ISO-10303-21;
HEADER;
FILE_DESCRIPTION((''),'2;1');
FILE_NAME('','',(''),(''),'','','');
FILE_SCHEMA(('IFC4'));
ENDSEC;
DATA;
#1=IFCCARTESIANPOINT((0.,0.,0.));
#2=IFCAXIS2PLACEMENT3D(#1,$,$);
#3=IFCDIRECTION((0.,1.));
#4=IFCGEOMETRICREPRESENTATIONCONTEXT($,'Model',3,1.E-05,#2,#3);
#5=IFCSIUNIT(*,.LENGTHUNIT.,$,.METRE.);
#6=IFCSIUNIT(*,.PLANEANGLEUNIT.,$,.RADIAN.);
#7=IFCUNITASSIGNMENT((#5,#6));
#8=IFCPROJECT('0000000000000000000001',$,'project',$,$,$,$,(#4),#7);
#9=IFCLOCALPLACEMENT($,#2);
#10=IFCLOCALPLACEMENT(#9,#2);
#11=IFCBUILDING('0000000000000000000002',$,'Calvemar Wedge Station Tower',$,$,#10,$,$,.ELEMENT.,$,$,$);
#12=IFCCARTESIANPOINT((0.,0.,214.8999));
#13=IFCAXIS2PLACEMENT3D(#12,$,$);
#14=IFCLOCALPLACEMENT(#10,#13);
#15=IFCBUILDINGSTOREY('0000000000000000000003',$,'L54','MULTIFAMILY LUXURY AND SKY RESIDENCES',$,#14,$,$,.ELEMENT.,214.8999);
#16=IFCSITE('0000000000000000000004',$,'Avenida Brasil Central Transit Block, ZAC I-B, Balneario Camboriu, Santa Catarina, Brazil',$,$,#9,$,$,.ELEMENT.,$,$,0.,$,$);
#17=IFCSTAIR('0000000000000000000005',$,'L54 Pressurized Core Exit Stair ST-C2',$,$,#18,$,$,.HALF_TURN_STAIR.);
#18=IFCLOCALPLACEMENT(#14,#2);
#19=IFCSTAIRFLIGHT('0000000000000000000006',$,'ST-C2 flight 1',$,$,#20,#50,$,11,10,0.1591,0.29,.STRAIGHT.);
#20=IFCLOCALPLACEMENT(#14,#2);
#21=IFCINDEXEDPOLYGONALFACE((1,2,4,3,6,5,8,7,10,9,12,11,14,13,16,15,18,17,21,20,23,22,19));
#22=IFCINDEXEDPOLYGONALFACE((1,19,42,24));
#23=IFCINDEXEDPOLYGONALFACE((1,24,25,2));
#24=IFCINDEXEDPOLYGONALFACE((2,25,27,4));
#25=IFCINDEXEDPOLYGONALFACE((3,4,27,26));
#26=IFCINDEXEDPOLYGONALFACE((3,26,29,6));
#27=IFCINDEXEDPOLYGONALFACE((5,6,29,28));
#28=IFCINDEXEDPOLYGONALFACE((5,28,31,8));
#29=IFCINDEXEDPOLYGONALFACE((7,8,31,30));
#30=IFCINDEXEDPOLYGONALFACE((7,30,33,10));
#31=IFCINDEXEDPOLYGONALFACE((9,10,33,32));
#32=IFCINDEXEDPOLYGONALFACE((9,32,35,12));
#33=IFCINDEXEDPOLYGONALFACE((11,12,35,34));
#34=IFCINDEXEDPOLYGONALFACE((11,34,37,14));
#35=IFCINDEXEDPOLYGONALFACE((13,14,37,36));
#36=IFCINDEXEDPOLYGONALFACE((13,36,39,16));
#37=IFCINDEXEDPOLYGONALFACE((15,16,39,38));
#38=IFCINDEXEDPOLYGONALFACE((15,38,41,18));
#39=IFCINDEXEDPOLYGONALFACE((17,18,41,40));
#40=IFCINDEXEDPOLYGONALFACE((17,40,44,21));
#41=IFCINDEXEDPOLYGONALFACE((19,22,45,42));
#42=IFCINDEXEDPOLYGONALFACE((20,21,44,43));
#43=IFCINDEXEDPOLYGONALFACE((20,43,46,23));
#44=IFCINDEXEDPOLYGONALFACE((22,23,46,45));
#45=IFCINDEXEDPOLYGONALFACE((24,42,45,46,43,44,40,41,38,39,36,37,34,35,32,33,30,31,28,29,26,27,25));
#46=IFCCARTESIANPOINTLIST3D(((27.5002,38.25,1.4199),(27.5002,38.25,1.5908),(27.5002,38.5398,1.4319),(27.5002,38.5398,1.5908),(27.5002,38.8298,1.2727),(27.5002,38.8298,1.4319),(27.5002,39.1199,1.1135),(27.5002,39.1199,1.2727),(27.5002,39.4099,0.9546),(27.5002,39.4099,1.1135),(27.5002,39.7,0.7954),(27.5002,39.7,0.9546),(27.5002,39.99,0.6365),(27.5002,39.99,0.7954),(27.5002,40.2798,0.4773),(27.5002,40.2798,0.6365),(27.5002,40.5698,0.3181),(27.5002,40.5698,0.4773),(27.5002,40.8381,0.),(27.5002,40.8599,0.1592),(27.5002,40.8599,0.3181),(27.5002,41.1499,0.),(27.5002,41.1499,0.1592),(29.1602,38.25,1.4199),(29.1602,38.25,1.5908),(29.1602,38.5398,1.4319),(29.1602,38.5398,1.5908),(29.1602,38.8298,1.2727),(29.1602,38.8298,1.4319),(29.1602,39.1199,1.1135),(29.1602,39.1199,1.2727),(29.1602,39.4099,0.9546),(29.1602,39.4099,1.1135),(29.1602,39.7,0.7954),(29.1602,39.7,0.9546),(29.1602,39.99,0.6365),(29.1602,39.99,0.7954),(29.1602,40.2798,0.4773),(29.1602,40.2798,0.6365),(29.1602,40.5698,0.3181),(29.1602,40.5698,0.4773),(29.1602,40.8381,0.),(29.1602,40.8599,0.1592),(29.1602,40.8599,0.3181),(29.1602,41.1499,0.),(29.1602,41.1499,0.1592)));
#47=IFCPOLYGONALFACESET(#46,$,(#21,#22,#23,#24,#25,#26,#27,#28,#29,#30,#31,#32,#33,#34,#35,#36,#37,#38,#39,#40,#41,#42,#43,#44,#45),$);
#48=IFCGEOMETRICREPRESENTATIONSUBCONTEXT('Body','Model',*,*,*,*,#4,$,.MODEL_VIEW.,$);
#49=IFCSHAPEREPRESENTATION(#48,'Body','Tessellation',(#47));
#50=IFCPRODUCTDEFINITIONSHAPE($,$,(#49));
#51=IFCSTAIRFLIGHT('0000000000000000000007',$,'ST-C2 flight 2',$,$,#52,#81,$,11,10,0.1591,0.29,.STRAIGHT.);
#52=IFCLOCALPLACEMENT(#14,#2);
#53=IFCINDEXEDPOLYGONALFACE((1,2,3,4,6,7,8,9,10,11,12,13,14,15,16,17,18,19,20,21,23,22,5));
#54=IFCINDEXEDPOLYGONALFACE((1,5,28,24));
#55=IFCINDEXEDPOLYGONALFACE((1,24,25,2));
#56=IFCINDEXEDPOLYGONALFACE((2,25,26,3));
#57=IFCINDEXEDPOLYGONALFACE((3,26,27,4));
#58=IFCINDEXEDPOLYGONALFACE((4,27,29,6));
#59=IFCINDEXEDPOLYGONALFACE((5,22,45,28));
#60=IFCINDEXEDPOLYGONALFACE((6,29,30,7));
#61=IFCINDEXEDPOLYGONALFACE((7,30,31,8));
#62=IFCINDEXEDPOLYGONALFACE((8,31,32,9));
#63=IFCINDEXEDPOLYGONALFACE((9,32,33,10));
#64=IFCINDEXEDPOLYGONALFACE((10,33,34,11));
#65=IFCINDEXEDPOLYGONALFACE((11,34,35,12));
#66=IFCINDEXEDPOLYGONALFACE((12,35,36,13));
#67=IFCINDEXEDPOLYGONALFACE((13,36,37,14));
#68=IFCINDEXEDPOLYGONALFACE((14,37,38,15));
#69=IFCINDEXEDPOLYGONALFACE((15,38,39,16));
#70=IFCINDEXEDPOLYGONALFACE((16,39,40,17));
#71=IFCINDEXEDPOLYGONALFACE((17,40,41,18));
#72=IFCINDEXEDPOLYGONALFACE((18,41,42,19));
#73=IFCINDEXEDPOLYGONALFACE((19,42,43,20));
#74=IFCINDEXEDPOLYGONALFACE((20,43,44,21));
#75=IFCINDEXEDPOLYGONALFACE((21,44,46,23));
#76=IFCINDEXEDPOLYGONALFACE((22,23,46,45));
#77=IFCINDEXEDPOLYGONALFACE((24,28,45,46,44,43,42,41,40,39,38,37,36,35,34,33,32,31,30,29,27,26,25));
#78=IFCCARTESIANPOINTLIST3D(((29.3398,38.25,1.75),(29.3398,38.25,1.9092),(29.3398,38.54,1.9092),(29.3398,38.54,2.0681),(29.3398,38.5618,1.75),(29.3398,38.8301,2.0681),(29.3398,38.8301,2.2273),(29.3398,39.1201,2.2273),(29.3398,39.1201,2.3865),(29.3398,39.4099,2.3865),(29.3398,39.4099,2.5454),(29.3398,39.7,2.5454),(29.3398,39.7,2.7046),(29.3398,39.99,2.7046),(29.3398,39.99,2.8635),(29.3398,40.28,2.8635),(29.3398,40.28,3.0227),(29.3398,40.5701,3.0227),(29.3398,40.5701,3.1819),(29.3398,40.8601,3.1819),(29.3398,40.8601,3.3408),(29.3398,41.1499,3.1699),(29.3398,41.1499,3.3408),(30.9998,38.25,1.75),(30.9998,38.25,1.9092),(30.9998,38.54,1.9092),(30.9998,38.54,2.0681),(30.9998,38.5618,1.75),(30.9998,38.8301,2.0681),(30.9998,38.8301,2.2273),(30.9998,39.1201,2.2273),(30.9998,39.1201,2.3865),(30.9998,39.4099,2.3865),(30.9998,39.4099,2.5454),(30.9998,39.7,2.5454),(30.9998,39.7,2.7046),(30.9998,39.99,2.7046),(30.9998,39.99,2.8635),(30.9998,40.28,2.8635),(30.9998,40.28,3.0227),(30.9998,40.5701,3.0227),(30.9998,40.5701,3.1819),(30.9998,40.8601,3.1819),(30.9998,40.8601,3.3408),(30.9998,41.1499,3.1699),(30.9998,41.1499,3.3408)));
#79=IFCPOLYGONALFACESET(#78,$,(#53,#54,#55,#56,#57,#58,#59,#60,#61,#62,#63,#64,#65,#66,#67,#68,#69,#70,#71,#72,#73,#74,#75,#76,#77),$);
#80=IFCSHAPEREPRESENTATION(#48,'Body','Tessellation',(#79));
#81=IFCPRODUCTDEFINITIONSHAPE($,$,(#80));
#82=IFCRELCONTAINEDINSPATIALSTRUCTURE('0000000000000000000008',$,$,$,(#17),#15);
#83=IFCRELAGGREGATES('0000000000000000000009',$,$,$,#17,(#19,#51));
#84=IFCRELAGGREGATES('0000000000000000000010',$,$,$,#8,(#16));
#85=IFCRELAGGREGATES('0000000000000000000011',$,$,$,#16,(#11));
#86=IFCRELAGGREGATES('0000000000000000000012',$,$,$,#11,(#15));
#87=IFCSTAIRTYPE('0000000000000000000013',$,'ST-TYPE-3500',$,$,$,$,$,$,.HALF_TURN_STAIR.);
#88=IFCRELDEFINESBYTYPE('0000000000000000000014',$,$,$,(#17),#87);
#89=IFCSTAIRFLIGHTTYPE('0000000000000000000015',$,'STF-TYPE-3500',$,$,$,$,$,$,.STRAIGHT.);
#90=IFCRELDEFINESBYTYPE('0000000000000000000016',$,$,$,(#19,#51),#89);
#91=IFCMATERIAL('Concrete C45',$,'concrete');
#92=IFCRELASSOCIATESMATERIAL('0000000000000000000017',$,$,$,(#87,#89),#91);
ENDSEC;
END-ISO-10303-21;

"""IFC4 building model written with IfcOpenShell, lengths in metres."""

from ifc_helpers import new_model, si_unit, direction, frame, origin, place, context, subcontext, project, spatial, polyline, outline, extrude, material, type_object, element, aggregate, save


model = new_model("IFC4")

# Units and contexts
model_context = context("Model", 3, precision=1e-05, world=origin(), true_north=direction((0.0, 1.0)))
body_context = subcontext(model_context, "Body", "Model", "MODEL_VIEW")
ifc_project = project(units=[si_unit("LENGTHUNIT", "METRE"), si_unit("PLANEANGLEUNIT", "RADIAN")], contexts=[model_context])

# Site, building, storey
site_placement = place(None, origin())
site = spatial("IfcSite", under=ifc_project, at=site_placement, Name="Avenida Brasil Central Transit Block, ZAC I-B, Balneario Camboriu, Santa Catarina, Brazil", CompositionType="ELEMENT", RefElevation=0.0)
building_placement = place(site_placement, origin())
building = spatial("IfcBuilding", under=site, at=building_placement, Name="Calvemar Wedge Station Tower", CompositionType="ELEMENT")
storey_placement = place(building_placement, frame((0.0, 0.0, 214.8999)))
storey = spatial("IfcBuildingStorey", under=building, at=storey_placement, Name="L54", Description="MULTIFAMILY LUXURY AND SKY RESIDENCES", CompositionType="ELEMENT", Elevation=214.8999)

# Stair, stair flights
ifc_material_1 = material(Name="Concrete C45", Category="concrete")
stair_type = type_object("IfcStairType", Name="ST-TYPE-3500", PredefinedType="HALF_TURN_STAIR", material=ifc_material_1)
stair_placement = place(storey_placement, origin())
stair = element("IfcStair", 1, at=stair_placement, inside=storey, type_object=stair_type, Name="L54 Pressurized Core Exit Stair ST-C2", PredefinedType="HALF_TURN_STAIR")
stair_flight_type = type_object("IfcStairFlightType", Name="STF-TYPE-3500", PredefinedType="STRAIGHT", material=ifc_material_1)
stair_flight_1_placement = place(storey_placement, frame((28.3301, 41.1499, 0.0), z_axis=(0.0, 0.0, 1.0), x_axis=(0.0, -1.0, 0.0)))
stair_flight_1 = element("IfcStairFlight", 2, at=stair_flight_1_placement, type_object=stair_flight_type, Name="ST-C2 flight 1", NumberOfRisers=11, NumberOfTreads=10, PredefinedType="STRAIGHT", RiserHeight=0.1591, TreadLength=0.29, context=body_context, shape_type="SweptSolid", body=[
    extrude(outline(polyline([(0.0, 0.0), (0.0, 0.1592), (0.29, 0.1592), (0.29, 0.3181), (0.5801, 0.3181), (0.5801, 0.4773), (0.8701, 0.4773), (0.8701, 0.6365), (1.1599, 0.6365), (1.1599, 0.7954), (1.45, 0.7954), (1.45, 0.9546), (1.74, 0.9546), (1.74, 1.1135), (2.03, 1.1135), (2.03, 1.2727), (2.3201, 1.2727), (2.3201, 1.4319), (2.6101, 1.4319), (2.6101, 1.5908), (2.8999, 1.5908), (2.8999, 1.75), (2.8999, 1.4199), (0.3118, 0.0), (0.0, 0.0)])), frame((0.0, 0.8301, 0.0), z_axis=(0.0, -1.0, 0.0), x_axis=(1.0, 0.0, 0.0)), (0.0, 0.0, 1.0), 1.6599),
])
stair_flight_2_placement = place(storey_placement, frame((30.1699, 38.25, 1.75), z_axis=(0.0, 0.0, 1.0), x_axis=(0.0, 1.0, 0.0)))
stair_flight_2 = element("IfcStairFlight", 3, at=stair_flight_2_placement, type_object=stair_flight_type, Name="ST-C2 flight 2", NumberOfRisers=11, NumberOfTreads=10, PredefinedType="STRAIGHT", RiserHeight=0.1591, TreadLength=0.29, context=body_context, shape_type="SweptSolid", body=[
    extrude(outline(polyline([(0.0, 0.0), (0.0, 0.1592), (0.29, 0.1592), (0.29, 0.3181), (0.5801, 0.3181), (0.5801, 0.4773), (0.8701, 0.4773), (0.8701, 0.6365), (1.1599, 0.6365), (1.1599, 0.7954), (1.45, 0.7954), (1.45, 0.9546), (1.74, 0.9546), (1.74, 1.1135), (2.03, 1.1135), (2.03, 1.2727), (2.3201, 1.2727), (2.3201, 1.4319), (2.6101, 1.4319), (2.6101, 1.5908), (2.8999, 1.5908), (2.8999, 1.75), (2.8999, 1.4199), (0.3118, 0.0), (0.0, 0.0)])), frame((0.0, 0.8301, 0.0), z_axis=(0.0, -1.0, 0.0), x_axis=(1.0, 0.0, 0.0)), (0.0, 0.0, 1.0), 1.6599),
])
aggregate(stair, [stair_flight_1, stair_flight_2])

save(model, "model.ifc")
